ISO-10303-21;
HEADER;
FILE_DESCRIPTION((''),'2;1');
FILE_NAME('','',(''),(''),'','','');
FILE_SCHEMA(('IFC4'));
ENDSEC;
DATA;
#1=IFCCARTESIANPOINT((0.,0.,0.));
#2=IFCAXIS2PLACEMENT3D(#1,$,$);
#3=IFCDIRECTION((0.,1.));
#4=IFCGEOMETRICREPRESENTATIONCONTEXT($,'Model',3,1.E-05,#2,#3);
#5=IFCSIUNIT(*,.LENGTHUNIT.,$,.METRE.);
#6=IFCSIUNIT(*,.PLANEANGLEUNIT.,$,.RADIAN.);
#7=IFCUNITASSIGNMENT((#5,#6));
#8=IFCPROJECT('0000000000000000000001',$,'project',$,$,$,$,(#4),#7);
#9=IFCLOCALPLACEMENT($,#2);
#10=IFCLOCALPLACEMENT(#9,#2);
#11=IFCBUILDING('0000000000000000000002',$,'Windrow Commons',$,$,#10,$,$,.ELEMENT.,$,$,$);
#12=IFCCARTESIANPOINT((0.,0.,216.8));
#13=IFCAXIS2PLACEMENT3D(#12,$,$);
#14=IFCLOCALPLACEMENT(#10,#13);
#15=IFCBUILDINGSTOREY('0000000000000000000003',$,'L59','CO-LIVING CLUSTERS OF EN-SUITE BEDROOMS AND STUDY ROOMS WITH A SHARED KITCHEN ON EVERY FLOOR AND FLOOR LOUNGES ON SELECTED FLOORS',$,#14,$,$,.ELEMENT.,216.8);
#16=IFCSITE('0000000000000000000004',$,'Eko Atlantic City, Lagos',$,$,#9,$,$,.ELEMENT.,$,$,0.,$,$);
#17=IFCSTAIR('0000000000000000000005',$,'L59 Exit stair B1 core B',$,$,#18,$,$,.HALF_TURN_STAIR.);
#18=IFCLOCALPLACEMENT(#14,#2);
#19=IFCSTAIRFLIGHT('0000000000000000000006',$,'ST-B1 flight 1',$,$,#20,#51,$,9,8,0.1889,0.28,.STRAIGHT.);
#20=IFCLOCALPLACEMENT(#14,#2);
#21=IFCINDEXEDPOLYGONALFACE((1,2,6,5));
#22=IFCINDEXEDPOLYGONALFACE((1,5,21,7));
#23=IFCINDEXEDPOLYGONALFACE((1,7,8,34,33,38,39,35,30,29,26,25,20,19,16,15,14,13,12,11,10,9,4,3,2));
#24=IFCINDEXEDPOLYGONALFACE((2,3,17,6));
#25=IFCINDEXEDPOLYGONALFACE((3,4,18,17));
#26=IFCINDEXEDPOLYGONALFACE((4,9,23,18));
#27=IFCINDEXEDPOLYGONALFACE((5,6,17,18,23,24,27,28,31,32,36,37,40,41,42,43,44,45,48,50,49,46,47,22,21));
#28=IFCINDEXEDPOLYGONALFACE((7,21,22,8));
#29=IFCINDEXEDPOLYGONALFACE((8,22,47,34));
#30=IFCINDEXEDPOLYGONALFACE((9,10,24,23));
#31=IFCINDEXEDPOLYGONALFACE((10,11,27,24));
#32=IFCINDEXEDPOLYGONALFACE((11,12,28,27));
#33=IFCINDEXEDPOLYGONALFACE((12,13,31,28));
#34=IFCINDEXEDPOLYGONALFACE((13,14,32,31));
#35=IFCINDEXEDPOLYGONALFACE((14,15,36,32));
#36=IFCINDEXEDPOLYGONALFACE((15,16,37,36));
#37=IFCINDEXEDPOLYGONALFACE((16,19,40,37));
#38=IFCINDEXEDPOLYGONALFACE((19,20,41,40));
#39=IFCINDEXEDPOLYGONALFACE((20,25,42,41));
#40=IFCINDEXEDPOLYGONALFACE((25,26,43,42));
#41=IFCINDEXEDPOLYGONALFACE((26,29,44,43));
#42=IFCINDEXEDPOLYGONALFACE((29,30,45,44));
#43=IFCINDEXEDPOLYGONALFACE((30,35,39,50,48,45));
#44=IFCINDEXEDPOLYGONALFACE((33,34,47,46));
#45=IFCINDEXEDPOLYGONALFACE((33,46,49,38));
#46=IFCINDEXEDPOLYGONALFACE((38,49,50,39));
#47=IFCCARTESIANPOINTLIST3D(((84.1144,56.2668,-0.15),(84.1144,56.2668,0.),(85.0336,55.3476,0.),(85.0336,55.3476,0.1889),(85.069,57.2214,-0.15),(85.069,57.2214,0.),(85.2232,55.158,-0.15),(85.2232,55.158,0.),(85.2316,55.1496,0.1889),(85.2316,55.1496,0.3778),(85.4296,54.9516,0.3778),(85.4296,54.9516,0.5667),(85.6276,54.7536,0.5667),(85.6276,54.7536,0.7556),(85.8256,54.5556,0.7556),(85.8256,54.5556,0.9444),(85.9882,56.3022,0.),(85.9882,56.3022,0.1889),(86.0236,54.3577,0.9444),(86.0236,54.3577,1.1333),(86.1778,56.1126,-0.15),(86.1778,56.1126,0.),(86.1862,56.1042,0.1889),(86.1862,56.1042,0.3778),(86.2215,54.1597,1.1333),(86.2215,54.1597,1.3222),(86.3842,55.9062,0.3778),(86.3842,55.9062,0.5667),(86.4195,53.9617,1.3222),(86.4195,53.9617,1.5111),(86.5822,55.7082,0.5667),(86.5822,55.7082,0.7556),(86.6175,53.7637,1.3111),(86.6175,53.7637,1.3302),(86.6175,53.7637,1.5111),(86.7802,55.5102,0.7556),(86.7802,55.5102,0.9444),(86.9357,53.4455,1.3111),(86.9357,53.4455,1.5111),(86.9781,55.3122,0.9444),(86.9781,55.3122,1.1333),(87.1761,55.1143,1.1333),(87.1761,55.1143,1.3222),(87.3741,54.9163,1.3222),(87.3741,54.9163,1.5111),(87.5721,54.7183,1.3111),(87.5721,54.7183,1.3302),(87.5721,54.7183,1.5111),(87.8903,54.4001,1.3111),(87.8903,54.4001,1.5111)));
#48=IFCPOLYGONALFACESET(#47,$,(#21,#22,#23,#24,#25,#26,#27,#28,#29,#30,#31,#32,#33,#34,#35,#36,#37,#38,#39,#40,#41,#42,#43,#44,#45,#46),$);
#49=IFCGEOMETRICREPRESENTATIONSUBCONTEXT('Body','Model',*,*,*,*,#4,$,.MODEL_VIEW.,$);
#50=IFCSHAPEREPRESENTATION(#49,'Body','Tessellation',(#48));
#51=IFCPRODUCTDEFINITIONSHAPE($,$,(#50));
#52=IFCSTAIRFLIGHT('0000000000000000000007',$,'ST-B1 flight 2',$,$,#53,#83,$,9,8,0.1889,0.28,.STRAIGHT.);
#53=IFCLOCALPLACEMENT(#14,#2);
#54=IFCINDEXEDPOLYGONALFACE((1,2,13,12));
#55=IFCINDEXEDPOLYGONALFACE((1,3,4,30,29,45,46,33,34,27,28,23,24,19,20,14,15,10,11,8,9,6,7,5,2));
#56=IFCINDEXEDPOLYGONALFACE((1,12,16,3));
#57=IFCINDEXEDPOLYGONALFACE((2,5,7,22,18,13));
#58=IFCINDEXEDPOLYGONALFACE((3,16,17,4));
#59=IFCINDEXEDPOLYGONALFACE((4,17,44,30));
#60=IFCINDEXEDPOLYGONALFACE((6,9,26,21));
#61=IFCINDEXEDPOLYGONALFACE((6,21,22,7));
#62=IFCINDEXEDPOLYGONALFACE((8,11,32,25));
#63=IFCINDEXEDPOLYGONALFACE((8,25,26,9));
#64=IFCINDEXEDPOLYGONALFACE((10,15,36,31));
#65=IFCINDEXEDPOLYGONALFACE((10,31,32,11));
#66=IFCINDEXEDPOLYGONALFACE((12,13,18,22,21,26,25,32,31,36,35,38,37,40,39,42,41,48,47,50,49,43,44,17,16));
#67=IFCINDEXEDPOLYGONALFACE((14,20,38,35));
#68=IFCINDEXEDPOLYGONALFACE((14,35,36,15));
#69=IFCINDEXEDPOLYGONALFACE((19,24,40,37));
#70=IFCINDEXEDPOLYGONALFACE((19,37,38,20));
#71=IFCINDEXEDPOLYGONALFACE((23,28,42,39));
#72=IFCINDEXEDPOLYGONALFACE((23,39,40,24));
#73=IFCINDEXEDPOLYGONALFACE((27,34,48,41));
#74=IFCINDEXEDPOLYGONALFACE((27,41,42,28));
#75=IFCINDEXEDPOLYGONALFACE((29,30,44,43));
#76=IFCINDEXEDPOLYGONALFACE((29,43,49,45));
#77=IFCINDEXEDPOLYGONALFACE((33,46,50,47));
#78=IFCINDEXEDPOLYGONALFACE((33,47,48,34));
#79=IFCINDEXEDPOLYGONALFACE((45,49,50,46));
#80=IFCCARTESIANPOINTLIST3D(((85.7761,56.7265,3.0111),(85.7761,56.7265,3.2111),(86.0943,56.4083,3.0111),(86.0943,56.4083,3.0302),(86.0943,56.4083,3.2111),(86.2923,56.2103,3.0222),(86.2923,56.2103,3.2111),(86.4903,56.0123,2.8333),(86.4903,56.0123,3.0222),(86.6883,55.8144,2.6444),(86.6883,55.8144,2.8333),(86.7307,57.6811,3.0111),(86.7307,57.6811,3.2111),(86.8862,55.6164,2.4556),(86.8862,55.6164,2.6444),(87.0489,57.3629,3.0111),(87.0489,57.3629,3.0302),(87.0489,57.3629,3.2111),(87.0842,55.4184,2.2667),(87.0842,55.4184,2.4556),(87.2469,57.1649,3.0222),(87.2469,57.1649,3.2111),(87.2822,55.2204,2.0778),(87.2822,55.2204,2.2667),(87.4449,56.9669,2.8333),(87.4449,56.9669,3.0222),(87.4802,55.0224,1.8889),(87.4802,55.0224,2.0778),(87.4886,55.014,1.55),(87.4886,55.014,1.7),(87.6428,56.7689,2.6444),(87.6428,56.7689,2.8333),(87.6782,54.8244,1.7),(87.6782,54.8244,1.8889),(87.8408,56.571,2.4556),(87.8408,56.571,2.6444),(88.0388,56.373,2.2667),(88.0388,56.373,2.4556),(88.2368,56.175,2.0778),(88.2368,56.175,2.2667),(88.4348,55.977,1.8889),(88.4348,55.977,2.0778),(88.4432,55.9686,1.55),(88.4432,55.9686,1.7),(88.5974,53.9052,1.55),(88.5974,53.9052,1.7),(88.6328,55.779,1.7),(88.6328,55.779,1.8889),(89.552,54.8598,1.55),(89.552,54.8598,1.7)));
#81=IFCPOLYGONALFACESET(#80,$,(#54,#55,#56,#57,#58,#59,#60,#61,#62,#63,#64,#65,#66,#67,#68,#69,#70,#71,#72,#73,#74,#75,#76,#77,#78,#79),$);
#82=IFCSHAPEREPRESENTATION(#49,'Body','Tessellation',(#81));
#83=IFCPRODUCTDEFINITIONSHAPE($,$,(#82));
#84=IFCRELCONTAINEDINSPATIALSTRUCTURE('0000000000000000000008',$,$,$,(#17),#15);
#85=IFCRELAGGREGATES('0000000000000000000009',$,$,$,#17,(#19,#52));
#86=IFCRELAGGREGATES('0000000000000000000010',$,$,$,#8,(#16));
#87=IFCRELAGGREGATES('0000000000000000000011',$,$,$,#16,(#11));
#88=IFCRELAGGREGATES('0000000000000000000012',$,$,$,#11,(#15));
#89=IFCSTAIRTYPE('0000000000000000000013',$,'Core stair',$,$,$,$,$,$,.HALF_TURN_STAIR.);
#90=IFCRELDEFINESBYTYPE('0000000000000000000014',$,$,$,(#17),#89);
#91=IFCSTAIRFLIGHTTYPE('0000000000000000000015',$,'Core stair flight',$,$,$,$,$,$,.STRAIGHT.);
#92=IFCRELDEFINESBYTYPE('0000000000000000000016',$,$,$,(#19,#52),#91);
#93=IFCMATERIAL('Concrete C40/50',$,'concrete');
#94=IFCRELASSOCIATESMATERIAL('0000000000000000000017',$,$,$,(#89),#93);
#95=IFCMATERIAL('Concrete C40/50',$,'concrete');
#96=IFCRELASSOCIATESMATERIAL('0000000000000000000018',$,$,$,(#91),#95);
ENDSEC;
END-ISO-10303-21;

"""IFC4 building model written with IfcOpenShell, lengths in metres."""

from ifc_helpers import new_model, si_unit, direction, frame, origin, place, context, subcontext, project, spatial, polyline, outline, extrude, material, type_object, element, aggregate, save


model = new_model("IFC4")

# Units and contexts
model_context = context("Model", 3, precision=1e-05, world=origin(), true_north=direction((0.0, 1.0)))
body_context = subcontext(model_context, "Body", "Model", "MODEL_VIEW")
ifc_project = project(units=[si_unit("LENGTHUNIT", "METRE"), si_unit("PLANEANGLEUNIT", "RADIAN")], contexts=[model_context])

# Site, building, storey
site_placement = place(None, origin())
site = spatial("IfcSite", under=ifc_project, at=site_placement, Name="Eko Atlantic City, Lagos", CompositionType="ELEMENT", RefElevation=0.0)
building_placement = place(site_placement, origin())
building = spatial("IfcBuilding", under=site, at=building_placement, Name="Windrow Commons", CompositionType="ELEMENT")
storey_placement = place(building_placement, frame((0.0, 0.0, 216.8)))
storey = spatial("IfcBuildingStorey", under=building, at=storey_placement, Name="L59", Description="CO-LIVING CLUSTERS OF EN-SUITE BEDROOMS AND STUDY ROOMS WITH A SHARED KITCHEN ON EVERY FLOOR AND FLOOR LOUNGES ON SELECTED FLOORS", CompositionType="ELEMENT", Elevation=216.8)

# Stair, stair flights
ifc_material_1 = material(Name="Concrete C40/50", Category="concrete")
stair_type = type_object("IfcStairType", Name="Core stair", PredefinedType="HALF_TURN_STAIR", material=ifc_material_1)
stair_placement = place(storey_placement, origin())
stair = element("IfcStair", 1, at=stair_placement, inside=storey, type_object=stair_type, Name="L59 Exit stair B1 core B", PredefinedType="HALF_TURN_STAIR")
ifc_material_2 = material(Name="Concrete C40/50", Category="concrete")
stair_flight_type = type_object("IfcStairFlightType", Name="Core stair flight", PredefinedType="STRAIGHT", material=ifc_material_2)
stair_flight_1_placement = place(storey_placement, frame((85.5109, 55.8249, 0.0), z_axis=(0.0, 0.0, 1.0), x_axis=(0.707107, -0.707107, 0.0)))
stair_flight_1 = element("IfcStairFlight", 2, at=stair_flight_1_placement, type_object=stair_flight_type, Name="ST-B1 flight 1", NumberOfRisers=9, NumberOfTreads=8, PredefinedType="STRAIGHT", RiserHeight=0.1889, TreadLength=0.28, context=body_context, shape_type="SweptSolid", body=[
    extrude(outline(polyline([(-1.3, -0.15), (-1.3, 0.0), (0.0, 0.0), (0.0, 0.1889), (0.28, 0.1889), (0.28, 0.3778), (0.56, 0.3778), (0.56, 0.5667), (0.84, 0.5667), (0.84, 0.7556), (1.12, 0.7556), (1.12, 0.9444), (1.4, 0.9444), (1.4, 1.1333), (1.68, 1.1333), (1.68, 1.3222), (1.96, 1.3222), (1.96, 1.5111), (2.24, 1.5111), (2.69, 1.5111), (2.69, 1.3111), (2.24, 1.3111), (2.24, 1.3302), (0.2682, 0.0), (0.2682, -0.15), (-1.3, -0.15)])), frame((0.0, 0.675, 0.0), z_axis=(0.0, -1.0, 0.0), x_axis=(1.0, 0.0, 0.0)), (0.0, 0.0, 1.0), 1.35),
])
stair_flight_2_placement = place(storey_placement, frame((88.1555, 55.3017, 1.7), z_axis=(0.0, 0.0, 1.0), x_axis=(-0.707107, 0.707107, 0.0)))
stair_flight_2 = element("IfcStairFlight", 3, at=stair_flight_2_placement, type_object=stair_flight_type, Name="ST-B1 flight 2", NumberOfRisers=9, NumberOfTreads=8, PredefinedType="STRAIGHT", RiserHeight=0.1889, TreadLength=0.28, context=body_context, shape_type="SweptSolid", body=[
    extrude(outline(polyline([(-1.3, -0.15), (-1.3, 0.0), (0.0, 0.0), (0.0, 0.1889), (0.28, 0.1889), (0.28, 0.3778), (0.56, 0.3778), (0.56, 0.5667), (0.84, 0.5667), (0.84, 0.7556), (1.12, 0.7556), (1.12, 0.9444), (1.4, 0.9444), (1.4, 1.1333), (1.68, 1.1333), (1.68, 1.3222), (1.96, 1.3222), (1.96, 1.5111), (2.24, 1.5111), (2.69, 1.5111), (2.69, 1.3111), (2.24, 1.3111), (2.24, 1.3302), (0.2682, 0.0), (0.2682, -0.15), (-1.3, -0.15)])), frame((0.0, 0.675, 0.0), z_axis=(0.0, -1.0, 0.0), x_axis=(1.0, 0.0, 0.0)), (0.0, 0.0, 1.0), 1.35),
])
aggregate(stair, [stair_flight_1, stair_flight_2])

save(model, "model.ifc")
